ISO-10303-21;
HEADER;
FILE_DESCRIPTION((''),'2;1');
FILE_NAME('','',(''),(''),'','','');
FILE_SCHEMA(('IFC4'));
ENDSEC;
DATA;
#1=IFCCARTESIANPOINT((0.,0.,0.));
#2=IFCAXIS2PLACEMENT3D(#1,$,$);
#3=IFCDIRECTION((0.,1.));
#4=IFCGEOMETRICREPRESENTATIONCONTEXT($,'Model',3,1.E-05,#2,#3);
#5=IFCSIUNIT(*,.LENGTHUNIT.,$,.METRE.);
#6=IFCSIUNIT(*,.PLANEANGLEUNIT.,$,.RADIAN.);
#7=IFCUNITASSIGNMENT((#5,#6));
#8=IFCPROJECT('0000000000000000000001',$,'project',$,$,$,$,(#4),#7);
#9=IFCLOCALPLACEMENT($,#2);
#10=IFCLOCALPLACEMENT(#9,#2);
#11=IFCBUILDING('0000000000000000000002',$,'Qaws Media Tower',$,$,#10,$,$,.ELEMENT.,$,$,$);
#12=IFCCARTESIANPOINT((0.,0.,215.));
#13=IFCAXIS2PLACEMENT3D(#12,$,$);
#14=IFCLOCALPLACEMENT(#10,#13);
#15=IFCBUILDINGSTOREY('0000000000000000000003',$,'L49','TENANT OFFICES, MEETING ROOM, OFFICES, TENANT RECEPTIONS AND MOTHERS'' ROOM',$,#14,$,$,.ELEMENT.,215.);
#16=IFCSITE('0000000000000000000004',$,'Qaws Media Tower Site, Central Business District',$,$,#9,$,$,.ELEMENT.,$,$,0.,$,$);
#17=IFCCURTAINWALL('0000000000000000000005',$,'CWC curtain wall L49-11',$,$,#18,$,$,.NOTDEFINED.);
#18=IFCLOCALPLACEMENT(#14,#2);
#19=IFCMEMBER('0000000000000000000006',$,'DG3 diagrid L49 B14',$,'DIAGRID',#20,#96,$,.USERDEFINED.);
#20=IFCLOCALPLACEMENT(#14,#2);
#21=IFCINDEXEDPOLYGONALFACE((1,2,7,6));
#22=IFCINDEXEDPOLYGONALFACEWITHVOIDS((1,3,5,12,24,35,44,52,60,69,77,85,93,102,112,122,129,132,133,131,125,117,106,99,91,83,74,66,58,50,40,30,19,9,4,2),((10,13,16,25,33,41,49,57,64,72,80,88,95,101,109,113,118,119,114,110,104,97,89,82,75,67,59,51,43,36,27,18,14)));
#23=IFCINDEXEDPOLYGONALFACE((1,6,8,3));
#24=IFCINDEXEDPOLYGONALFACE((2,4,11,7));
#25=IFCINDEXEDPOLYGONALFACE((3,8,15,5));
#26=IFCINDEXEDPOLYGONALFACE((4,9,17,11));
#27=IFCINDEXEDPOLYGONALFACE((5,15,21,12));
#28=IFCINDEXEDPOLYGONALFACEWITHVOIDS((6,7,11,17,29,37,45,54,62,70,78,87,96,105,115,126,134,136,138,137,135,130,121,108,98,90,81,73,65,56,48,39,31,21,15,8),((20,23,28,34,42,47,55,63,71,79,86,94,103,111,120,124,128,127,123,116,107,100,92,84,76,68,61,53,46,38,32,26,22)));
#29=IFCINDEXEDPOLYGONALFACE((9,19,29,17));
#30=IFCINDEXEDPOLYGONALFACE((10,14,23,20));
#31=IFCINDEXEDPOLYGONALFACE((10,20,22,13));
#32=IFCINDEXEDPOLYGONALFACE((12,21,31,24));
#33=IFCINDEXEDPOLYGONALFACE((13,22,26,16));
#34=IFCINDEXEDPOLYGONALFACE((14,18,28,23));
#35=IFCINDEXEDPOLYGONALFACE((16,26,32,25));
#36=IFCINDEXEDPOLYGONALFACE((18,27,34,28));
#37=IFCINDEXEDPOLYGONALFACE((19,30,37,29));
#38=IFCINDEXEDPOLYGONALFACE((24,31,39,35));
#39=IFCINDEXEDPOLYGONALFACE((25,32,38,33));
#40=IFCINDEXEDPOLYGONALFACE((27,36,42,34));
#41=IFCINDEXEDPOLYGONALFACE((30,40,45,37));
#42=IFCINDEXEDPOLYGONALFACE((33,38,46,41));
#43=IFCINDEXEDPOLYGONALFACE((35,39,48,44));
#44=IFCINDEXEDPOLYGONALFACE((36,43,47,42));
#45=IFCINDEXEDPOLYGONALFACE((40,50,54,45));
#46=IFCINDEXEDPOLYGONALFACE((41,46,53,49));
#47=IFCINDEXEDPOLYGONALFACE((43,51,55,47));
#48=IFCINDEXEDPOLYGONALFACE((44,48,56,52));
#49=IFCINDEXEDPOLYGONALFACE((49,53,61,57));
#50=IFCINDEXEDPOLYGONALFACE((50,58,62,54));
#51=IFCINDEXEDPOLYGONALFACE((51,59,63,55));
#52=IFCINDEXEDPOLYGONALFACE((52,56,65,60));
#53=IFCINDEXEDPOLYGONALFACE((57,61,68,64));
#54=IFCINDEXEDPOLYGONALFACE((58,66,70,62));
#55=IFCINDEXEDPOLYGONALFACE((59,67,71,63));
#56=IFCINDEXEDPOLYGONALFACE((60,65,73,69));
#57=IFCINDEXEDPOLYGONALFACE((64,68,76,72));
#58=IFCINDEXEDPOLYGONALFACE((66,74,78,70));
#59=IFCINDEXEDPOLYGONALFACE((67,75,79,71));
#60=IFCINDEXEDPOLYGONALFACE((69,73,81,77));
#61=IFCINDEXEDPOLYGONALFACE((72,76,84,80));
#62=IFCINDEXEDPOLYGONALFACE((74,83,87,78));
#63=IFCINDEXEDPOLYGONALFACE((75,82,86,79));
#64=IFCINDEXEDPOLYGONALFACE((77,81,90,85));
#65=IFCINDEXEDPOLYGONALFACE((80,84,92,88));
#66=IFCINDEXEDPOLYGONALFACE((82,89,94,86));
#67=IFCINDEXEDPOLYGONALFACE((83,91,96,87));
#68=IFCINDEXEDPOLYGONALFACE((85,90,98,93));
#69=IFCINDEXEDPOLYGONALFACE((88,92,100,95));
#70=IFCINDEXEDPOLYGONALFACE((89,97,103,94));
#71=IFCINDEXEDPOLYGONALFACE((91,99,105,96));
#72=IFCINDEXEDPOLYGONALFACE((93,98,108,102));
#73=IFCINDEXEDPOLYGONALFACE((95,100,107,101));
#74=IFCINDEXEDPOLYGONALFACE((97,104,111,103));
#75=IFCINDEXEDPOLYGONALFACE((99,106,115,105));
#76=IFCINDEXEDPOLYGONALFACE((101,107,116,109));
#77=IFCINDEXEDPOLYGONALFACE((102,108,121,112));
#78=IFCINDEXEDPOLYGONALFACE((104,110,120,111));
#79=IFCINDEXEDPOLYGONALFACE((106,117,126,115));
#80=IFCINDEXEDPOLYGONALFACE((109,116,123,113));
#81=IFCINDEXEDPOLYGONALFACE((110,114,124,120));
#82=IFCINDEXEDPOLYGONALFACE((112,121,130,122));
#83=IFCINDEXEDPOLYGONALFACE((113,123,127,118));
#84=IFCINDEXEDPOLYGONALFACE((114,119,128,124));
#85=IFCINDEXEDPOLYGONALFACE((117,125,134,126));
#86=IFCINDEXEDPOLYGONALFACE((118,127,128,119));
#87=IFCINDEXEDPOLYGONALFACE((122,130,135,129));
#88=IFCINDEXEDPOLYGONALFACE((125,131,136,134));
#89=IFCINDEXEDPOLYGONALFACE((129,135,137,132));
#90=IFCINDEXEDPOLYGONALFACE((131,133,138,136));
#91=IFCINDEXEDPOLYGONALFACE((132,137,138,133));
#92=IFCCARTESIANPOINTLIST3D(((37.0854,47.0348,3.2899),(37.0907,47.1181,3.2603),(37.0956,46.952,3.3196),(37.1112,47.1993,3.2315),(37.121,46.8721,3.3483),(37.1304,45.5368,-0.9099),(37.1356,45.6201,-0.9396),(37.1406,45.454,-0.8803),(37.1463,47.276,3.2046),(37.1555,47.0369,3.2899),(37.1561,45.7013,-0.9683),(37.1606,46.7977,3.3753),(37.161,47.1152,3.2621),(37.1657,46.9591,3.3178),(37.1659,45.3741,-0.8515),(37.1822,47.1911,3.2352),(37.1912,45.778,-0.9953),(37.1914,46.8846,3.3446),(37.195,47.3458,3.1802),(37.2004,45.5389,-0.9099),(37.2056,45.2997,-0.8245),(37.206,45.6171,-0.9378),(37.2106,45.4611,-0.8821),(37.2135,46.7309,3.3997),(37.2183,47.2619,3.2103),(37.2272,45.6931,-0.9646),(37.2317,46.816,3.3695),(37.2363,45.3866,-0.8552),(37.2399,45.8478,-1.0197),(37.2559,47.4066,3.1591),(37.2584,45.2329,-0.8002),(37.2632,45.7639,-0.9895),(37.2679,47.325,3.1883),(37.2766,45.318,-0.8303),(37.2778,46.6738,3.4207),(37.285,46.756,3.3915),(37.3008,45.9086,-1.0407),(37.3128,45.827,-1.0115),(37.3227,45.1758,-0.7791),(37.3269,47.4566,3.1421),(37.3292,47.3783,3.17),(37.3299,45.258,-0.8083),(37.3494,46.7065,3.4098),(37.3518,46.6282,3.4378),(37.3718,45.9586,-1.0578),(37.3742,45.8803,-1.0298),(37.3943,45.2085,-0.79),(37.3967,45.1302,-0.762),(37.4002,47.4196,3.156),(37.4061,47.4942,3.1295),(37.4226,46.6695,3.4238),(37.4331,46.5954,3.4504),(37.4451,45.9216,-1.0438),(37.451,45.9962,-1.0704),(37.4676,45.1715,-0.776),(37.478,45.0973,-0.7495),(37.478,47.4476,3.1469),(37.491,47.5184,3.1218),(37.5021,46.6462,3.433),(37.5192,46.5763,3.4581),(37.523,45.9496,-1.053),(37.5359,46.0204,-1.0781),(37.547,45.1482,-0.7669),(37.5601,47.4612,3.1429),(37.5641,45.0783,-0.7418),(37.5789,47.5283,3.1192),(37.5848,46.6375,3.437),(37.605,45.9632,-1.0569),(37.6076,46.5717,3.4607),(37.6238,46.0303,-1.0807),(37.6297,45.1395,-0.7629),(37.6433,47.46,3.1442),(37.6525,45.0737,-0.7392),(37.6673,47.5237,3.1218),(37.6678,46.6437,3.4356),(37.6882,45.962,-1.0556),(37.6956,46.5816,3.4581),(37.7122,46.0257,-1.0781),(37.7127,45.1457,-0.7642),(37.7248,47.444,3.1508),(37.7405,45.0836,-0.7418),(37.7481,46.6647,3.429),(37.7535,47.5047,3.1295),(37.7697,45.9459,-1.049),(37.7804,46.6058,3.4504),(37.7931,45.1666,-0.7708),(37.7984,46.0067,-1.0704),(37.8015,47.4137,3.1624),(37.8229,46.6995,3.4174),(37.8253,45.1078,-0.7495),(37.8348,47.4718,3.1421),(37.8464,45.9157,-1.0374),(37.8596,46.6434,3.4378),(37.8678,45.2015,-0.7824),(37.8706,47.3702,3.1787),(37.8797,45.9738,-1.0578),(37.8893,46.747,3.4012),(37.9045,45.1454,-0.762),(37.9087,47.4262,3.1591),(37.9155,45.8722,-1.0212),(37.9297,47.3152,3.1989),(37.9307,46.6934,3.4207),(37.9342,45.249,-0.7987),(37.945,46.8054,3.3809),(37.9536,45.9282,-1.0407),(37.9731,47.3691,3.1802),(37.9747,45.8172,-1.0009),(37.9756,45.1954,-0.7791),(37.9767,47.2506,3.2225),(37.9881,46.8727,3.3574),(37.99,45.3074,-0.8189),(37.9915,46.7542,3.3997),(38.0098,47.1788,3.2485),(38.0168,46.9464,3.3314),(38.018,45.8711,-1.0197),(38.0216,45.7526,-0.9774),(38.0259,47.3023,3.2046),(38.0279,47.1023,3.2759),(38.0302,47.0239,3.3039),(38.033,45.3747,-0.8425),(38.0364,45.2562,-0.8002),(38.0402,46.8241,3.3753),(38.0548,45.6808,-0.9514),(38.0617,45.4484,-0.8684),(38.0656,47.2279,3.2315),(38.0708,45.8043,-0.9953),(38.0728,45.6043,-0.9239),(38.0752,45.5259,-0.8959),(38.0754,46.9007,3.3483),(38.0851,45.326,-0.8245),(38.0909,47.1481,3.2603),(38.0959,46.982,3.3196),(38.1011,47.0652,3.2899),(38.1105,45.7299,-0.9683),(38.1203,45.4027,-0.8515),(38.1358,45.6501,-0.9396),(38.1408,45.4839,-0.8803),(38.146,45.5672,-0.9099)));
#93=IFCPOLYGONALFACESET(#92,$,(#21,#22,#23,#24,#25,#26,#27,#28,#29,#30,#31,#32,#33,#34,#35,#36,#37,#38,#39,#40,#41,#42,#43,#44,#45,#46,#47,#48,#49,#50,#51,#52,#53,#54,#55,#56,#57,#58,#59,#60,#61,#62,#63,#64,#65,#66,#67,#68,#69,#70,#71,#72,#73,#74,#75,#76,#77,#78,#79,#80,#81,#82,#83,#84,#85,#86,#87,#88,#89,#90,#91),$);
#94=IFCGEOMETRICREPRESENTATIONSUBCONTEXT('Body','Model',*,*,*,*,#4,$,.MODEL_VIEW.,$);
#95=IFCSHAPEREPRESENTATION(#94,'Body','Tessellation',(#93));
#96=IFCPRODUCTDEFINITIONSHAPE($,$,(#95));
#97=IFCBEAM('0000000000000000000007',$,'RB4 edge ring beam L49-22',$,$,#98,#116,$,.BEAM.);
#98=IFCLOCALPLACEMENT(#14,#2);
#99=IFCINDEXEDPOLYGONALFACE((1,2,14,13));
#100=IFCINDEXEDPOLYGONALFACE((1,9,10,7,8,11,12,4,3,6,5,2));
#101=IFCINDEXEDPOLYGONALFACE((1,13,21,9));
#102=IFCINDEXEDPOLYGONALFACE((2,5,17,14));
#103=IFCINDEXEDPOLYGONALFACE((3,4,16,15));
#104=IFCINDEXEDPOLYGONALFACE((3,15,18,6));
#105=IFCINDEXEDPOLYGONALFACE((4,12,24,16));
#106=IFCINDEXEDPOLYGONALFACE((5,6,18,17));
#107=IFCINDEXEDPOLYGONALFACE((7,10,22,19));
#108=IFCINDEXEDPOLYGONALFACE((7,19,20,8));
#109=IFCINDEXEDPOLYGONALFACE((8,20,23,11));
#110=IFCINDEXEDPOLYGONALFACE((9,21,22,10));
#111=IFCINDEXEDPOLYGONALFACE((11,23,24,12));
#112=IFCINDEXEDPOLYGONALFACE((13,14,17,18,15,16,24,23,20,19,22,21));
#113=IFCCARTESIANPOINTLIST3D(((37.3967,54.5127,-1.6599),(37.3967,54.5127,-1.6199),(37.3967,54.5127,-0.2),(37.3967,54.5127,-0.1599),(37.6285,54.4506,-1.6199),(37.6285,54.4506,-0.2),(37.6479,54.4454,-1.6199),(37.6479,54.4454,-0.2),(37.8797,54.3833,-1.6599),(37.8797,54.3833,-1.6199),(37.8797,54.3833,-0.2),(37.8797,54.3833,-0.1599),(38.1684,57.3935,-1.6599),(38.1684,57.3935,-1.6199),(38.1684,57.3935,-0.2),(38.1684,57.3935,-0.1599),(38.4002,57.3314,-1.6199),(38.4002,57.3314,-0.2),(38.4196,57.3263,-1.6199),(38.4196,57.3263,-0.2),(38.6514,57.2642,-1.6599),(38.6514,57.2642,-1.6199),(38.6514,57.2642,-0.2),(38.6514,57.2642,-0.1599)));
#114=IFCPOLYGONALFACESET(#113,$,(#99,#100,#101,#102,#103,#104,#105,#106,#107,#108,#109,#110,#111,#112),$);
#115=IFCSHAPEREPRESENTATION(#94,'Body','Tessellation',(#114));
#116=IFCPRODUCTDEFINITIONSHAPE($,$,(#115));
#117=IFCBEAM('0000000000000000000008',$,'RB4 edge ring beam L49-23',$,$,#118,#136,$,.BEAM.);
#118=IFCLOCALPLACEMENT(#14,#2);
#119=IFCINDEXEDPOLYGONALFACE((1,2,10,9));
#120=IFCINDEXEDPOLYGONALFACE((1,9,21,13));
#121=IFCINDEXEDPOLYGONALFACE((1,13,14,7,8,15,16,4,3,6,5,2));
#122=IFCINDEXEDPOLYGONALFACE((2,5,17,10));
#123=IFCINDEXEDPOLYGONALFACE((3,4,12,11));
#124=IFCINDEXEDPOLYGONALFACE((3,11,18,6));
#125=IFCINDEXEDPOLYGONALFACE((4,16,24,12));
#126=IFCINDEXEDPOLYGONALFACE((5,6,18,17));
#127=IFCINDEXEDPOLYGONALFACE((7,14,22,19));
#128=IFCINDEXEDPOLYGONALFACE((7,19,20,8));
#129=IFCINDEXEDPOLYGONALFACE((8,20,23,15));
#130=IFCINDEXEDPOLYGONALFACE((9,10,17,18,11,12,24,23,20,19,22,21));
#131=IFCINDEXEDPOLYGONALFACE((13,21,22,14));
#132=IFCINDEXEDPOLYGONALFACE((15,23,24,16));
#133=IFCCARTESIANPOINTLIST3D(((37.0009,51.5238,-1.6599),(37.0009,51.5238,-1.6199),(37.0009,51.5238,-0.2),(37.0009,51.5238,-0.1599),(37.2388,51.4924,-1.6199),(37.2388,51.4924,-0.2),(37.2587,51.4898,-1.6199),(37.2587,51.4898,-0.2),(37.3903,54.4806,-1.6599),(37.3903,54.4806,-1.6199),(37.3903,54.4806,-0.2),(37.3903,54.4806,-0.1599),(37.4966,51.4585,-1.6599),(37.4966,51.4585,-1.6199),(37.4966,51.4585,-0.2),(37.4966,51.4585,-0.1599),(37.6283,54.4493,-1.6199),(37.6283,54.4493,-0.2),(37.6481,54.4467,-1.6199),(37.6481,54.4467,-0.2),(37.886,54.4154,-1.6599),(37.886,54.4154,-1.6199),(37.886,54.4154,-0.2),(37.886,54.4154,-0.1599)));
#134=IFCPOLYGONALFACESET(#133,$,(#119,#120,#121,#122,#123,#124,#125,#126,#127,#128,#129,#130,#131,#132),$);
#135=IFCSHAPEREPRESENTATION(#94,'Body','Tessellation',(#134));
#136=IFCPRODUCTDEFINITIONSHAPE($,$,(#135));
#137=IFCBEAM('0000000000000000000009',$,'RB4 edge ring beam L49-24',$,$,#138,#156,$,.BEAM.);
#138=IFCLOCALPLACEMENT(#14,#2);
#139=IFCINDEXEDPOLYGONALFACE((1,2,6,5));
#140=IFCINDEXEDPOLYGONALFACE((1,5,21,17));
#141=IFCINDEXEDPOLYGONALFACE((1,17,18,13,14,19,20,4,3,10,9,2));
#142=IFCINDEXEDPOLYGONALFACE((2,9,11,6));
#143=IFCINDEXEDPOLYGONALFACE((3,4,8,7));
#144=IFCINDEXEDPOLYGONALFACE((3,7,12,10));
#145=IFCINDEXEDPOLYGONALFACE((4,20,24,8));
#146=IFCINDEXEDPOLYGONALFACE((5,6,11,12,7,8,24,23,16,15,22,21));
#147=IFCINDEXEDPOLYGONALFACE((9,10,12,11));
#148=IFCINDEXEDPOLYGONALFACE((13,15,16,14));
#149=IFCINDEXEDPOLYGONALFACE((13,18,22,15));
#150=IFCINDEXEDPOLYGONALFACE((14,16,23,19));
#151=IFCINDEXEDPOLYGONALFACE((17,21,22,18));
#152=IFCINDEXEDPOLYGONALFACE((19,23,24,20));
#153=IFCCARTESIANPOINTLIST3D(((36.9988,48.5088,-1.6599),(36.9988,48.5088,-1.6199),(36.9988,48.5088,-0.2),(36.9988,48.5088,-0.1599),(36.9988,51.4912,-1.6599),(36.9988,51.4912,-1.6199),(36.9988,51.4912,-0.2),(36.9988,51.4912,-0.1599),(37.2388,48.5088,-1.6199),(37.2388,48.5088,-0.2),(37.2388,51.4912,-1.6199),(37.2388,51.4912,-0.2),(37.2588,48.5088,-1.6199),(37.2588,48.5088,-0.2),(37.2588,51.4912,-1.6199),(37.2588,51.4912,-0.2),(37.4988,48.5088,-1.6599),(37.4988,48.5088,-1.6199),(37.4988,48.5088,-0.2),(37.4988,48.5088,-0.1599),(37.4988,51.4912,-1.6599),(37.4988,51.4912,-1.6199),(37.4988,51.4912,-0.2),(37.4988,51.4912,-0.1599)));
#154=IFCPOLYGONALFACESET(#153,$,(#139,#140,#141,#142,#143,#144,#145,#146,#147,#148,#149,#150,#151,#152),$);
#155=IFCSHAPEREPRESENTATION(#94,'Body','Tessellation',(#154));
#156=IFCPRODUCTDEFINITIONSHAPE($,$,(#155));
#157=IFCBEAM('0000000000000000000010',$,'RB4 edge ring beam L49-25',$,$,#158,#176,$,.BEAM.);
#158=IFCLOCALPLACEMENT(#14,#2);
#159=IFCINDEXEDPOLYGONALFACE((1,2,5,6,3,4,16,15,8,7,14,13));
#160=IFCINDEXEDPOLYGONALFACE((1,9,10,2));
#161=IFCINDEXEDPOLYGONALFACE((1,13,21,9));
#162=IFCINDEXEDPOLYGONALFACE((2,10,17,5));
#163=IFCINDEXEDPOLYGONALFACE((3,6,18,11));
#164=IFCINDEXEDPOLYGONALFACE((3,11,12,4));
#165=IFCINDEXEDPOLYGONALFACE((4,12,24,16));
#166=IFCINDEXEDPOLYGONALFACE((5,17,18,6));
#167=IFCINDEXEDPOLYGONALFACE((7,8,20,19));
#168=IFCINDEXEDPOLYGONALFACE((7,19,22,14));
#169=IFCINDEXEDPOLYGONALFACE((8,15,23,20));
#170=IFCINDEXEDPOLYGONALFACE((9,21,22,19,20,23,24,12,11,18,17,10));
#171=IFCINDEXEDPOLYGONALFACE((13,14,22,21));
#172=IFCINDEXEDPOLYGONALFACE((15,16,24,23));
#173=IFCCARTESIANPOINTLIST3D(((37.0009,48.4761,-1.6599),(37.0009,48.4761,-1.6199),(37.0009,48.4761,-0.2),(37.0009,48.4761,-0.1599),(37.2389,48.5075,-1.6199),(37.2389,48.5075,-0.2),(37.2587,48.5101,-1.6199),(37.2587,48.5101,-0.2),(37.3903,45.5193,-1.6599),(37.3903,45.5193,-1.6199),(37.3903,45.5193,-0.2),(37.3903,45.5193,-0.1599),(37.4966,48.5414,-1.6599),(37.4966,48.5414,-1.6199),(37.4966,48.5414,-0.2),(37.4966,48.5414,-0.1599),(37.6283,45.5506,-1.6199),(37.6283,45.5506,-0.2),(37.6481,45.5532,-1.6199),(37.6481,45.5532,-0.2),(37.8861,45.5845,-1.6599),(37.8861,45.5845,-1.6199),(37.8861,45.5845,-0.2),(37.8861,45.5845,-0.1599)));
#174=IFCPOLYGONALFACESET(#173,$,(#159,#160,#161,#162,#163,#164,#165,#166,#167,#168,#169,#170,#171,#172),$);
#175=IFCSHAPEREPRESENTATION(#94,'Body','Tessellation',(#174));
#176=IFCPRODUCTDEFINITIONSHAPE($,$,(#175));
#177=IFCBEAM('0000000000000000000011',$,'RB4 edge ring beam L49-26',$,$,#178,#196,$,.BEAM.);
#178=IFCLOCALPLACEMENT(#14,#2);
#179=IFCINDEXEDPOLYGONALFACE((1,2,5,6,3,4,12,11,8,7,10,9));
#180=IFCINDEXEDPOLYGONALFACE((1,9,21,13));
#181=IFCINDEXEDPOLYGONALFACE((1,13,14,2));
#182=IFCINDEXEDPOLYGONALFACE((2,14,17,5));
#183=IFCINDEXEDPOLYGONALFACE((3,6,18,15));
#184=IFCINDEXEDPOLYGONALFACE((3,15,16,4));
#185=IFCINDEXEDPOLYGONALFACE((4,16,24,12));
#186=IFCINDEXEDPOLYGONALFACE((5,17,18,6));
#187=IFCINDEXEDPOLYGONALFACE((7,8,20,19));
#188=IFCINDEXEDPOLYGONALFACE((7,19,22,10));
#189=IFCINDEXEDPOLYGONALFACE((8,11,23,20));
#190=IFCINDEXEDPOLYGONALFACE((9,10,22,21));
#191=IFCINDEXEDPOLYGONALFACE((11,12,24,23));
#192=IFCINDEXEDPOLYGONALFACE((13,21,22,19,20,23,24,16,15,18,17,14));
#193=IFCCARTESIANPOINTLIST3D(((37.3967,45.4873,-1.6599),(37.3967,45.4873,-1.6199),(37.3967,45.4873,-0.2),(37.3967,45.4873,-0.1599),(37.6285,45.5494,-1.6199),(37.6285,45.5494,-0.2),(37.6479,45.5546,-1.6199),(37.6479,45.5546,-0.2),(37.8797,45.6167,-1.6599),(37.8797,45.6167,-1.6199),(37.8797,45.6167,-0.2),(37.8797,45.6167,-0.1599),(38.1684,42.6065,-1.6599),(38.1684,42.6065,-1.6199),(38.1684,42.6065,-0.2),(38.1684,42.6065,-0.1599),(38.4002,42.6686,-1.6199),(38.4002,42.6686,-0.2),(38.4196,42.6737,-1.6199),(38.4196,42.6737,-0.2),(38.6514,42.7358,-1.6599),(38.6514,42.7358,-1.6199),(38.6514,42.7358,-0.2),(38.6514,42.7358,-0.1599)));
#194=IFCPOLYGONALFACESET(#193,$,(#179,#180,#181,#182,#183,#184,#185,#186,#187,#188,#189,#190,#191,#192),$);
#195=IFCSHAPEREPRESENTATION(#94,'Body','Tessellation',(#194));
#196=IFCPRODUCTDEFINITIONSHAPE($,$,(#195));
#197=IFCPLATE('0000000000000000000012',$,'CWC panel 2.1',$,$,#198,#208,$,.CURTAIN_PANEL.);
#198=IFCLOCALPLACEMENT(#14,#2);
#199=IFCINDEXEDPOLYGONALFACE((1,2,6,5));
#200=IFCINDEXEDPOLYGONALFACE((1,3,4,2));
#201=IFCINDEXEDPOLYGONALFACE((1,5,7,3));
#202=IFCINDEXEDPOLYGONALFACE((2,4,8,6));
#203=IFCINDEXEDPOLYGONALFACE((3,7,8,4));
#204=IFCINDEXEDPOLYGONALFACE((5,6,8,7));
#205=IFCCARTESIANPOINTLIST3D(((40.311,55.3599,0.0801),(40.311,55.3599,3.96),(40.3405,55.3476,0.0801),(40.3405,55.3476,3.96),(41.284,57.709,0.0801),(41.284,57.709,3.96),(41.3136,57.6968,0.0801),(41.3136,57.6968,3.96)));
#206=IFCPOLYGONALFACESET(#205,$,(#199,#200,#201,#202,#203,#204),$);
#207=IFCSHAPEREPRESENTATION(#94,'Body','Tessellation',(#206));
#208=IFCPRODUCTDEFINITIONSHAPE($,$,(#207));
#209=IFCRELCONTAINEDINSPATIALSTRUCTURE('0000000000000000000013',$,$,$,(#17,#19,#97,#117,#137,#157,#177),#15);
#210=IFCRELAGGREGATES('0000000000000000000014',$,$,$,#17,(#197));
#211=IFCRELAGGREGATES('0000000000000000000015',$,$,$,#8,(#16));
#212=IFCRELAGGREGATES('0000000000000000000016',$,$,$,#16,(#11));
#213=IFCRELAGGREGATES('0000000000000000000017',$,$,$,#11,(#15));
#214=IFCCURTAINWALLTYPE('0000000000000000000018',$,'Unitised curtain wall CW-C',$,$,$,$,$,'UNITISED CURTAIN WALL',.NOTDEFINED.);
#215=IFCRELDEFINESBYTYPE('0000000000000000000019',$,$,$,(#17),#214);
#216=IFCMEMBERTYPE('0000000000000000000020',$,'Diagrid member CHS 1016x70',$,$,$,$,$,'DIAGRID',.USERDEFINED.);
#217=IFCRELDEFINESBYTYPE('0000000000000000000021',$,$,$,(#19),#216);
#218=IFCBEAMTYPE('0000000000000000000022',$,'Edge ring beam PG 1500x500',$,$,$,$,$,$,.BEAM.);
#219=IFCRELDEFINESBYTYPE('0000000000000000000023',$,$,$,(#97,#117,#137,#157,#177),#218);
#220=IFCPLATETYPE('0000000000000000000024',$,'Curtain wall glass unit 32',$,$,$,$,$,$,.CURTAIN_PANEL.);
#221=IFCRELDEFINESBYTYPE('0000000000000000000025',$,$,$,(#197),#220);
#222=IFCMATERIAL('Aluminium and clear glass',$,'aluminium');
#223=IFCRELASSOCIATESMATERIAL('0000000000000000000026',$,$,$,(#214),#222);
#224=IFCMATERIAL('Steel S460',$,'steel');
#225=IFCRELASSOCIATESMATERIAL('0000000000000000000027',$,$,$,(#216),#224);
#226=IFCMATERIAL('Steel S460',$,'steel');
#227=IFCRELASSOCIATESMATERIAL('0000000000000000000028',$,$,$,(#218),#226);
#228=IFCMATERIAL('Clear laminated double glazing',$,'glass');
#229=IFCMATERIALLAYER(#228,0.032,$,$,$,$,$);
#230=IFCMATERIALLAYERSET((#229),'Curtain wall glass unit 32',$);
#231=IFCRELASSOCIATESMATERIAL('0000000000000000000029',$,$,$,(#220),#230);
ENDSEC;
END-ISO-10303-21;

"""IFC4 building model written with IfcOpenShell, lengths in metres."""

from ifc_helpers import new_model, si_unit, direction, frame, origin, origin_2d, place, context, subcontext, project, spatial, rectangle, hollow_circle, i_section, extrude, material, layer, layer_set, material_profile, profile_set, type_object, element, aggregate, save


model = new_model("IFC4")

# Units and contexts
model_context = context("Model", 3, precision=1e-05, world=origin(), true_north=direction((0.0, 1.0)))
body_context = subcontext(model_context, "Body", "Model", "MODEL_VIEW")
ifc_project = project(units=[si_unit("LENGTHUNIT", "METRE"), si_unit("PLANEANGLEUNIT", "RADIAN")], contexts=[model_context])

# Site, building, storey
site_placement = place(None, origin())
site = spatial("IfcSite", under=ifc_project, at=site_placement, Name="Qaws Media Tower Site, Central Business District", CompositionType="ELEMENT", RefElevation=0.0)
building_placement = place(site_placement, origin())
building = spatial("IfcBuilding", under=site, at=building_placement, Name="Qaws Media Tower", CompositionType="ELEMENT")
storey_placement = place(building_placement, frame((0.0, 0.0, 215.0)))
storey = spatial("IfcBuildingStorey", under=building, at=storey_placement, Name="L49", Description="TENANT OFFICES, MEETING ROOM, OFFICES, TENANT RECEPTIONS AND MOTHERS' ROOM", CompositionType="ELEMENT", Elevation=215.0)

# Curtain wall
ifc_material_1 = material(Name="Aluminium and clear glass", Category="aluminium")
curtain_wall_type = type_object("IfcCurtainWallType", Name="Unitised curtain wall CW-C", ElementType="UNITISED CURTAIN WALL", PredefinedType="NOTDEFINED", material=ifc_material_1)
curtain_wall_1_placement = place(storey_placement, origin())
curtain_wall_1 = element("IfcCurtainWall", 1, at=curtain_wall_1_placement, inside=storey, type_object=curtain_wall_type, Name="CWC curtain wall L49-11", PredefinedType="NOTDEFINED")

# Member
ifc_material_2 = material(Name="Steel S460", Category="steel")
ifc_material_profile_1 = material_profile(ifc_material_2, hollow_circle(Radius=0.5081, WallThickness=0.0701, at=origin_2d()), Name="CHS 1016x70")
ifc_profile_set_1 = profile_set([ifc_material_profile_1], Name="Steel S460")
member_type_1 = type_object("IfcMemberType", Name="Diagrid member CHS 1016x70", ElementType="DIAGRID", PredefinedType="USERDEFINED", material=ifc_profile_set_1)
member_1_placement = place(storey_placement, frame((37.6382, 45.552, -0.9099), z_axis=(-0.010074, 0.335934, 0.941832), x_axis=(-0.999551, -0.029973, 0.0)))
element("IfcMember", 2, at=member_1_placement, inside=storey, type_object=member_type_1, Name="DG3 diagrid L49 B14", ObjectType="DIAGRID", PredefinedType="USERDEFINED", context=body_context, shape_type="SweptSolid", body=[
    extrude(hollow_circle(Radius=0.5081, WallThickness=0.0701, at=origin_2d()), origin(), (0.0, 0.0, 1.0), 4.4592),
])

# Beams
ifc_material_3 = material(Name="Steel S460", Category="steel")
ifc_material_profile_2 = material_profile(ifc_material_3, i_section(OverallWidth=0.5, OverallDepth=1.5, WebThickness=0.02, FlangeThickness=0.04, at=origin_2d()), Name="PG 1500x500")
ifc_profile_set_2 = profile_set([ifc_material_profile_2], Name="Steel S460")
beam_type = type_object("IfcBeamType", Name="Edge ring beam PG 1500x500", PredefinedType="BEAM", material=ifc_profile_set_2)
for number, where, z_axis, x_axis, name in (
    (3, (38.4099, 57.3289, -0.9099), (-0.258758, -0.965942, 0.0), (0.965942, -0.258758, 0.0), "RB4 edge ring beam L49-22"),
    (4, (37.6382, 54.448, -0.9099), (-0.130571, -0.991439, 0.0), (0.991439, -0.130571, 0.0), "RB4 edge ring beam L49-23"),
    (5, (37.2488, 51.4912, -0.9099), (0.0, -1.0, 0.0), (1.0, 0.0, 0.0), "RB4 edge ring beam L49-24"),
    (6, (37.2488, 48.5088, -0.9099), (0.130571, -0.991439, 0.0), (0.991439, 0.130571, 0.0), "RB4 edge ring beam L49-25"),
    (7, (37.6382, 45.552, -0.9099), (0.258758, -0.965942, 0.0), (0.965942, 0.258758, 0.0), "RB4 edge ring beam L49-26"),
):
    element("IfcBeam", number, at=place(storey_placement, frame(where, z_axis=z_axis, x_axis=x_axis)), inside=storey, type_object=beam_type, Name=name, PredefinedType="BEAM", context=body_context, shape_type="SweptSolid", body=[
        extrude(i_section(OverallWidth=0.5, OverallDepth=1.5, WebThickness=0.02, FlangeThickness=0.04, at=origin_2d()), origin(), (0.0, 0.0, 1.0), 2.9824),
    ])

# Plate
ifc_material_4 = material(Name="Clear laminated double glazing", Category="glass")
ifc_layer_1 = layer(ifc_material_4, 0.032)
ifc_layer_set_1 = layer_set([ifc_layer_1], Name="Curtain wall glass unit 32")
plate_type_1 = type_object("IfcPlateType", Name="Curtain wall glass unit 32", PredefinedType="CURTAIN_PANEL", material=ifc_layer_set_1)
plate_1_placement = place(storey_placement, frame((40.8123, 56.5283, 0.0801), z_axis=(0.0, 0.0, 1.0), x_axis=(-0.382684, -0.923879, 0.0)))
plate_1 = element("IfcPlate", 8, at=plate_1_placement, type_object=plate_type_1, Name="CWC panel 2.1", PredefinedType="CURTAIN_PANEL", context=body_context, shape_type="SweptSolid", body=[
    extrude(rectangle(XDim=2.5427, YDim=0.032, at=origin_2d()), origin(), (0.0, 0.0, 1.0), 3.8799),
])
aggregate(curtain_wall_1, [plate_1])

save(model, "model.ifc")
